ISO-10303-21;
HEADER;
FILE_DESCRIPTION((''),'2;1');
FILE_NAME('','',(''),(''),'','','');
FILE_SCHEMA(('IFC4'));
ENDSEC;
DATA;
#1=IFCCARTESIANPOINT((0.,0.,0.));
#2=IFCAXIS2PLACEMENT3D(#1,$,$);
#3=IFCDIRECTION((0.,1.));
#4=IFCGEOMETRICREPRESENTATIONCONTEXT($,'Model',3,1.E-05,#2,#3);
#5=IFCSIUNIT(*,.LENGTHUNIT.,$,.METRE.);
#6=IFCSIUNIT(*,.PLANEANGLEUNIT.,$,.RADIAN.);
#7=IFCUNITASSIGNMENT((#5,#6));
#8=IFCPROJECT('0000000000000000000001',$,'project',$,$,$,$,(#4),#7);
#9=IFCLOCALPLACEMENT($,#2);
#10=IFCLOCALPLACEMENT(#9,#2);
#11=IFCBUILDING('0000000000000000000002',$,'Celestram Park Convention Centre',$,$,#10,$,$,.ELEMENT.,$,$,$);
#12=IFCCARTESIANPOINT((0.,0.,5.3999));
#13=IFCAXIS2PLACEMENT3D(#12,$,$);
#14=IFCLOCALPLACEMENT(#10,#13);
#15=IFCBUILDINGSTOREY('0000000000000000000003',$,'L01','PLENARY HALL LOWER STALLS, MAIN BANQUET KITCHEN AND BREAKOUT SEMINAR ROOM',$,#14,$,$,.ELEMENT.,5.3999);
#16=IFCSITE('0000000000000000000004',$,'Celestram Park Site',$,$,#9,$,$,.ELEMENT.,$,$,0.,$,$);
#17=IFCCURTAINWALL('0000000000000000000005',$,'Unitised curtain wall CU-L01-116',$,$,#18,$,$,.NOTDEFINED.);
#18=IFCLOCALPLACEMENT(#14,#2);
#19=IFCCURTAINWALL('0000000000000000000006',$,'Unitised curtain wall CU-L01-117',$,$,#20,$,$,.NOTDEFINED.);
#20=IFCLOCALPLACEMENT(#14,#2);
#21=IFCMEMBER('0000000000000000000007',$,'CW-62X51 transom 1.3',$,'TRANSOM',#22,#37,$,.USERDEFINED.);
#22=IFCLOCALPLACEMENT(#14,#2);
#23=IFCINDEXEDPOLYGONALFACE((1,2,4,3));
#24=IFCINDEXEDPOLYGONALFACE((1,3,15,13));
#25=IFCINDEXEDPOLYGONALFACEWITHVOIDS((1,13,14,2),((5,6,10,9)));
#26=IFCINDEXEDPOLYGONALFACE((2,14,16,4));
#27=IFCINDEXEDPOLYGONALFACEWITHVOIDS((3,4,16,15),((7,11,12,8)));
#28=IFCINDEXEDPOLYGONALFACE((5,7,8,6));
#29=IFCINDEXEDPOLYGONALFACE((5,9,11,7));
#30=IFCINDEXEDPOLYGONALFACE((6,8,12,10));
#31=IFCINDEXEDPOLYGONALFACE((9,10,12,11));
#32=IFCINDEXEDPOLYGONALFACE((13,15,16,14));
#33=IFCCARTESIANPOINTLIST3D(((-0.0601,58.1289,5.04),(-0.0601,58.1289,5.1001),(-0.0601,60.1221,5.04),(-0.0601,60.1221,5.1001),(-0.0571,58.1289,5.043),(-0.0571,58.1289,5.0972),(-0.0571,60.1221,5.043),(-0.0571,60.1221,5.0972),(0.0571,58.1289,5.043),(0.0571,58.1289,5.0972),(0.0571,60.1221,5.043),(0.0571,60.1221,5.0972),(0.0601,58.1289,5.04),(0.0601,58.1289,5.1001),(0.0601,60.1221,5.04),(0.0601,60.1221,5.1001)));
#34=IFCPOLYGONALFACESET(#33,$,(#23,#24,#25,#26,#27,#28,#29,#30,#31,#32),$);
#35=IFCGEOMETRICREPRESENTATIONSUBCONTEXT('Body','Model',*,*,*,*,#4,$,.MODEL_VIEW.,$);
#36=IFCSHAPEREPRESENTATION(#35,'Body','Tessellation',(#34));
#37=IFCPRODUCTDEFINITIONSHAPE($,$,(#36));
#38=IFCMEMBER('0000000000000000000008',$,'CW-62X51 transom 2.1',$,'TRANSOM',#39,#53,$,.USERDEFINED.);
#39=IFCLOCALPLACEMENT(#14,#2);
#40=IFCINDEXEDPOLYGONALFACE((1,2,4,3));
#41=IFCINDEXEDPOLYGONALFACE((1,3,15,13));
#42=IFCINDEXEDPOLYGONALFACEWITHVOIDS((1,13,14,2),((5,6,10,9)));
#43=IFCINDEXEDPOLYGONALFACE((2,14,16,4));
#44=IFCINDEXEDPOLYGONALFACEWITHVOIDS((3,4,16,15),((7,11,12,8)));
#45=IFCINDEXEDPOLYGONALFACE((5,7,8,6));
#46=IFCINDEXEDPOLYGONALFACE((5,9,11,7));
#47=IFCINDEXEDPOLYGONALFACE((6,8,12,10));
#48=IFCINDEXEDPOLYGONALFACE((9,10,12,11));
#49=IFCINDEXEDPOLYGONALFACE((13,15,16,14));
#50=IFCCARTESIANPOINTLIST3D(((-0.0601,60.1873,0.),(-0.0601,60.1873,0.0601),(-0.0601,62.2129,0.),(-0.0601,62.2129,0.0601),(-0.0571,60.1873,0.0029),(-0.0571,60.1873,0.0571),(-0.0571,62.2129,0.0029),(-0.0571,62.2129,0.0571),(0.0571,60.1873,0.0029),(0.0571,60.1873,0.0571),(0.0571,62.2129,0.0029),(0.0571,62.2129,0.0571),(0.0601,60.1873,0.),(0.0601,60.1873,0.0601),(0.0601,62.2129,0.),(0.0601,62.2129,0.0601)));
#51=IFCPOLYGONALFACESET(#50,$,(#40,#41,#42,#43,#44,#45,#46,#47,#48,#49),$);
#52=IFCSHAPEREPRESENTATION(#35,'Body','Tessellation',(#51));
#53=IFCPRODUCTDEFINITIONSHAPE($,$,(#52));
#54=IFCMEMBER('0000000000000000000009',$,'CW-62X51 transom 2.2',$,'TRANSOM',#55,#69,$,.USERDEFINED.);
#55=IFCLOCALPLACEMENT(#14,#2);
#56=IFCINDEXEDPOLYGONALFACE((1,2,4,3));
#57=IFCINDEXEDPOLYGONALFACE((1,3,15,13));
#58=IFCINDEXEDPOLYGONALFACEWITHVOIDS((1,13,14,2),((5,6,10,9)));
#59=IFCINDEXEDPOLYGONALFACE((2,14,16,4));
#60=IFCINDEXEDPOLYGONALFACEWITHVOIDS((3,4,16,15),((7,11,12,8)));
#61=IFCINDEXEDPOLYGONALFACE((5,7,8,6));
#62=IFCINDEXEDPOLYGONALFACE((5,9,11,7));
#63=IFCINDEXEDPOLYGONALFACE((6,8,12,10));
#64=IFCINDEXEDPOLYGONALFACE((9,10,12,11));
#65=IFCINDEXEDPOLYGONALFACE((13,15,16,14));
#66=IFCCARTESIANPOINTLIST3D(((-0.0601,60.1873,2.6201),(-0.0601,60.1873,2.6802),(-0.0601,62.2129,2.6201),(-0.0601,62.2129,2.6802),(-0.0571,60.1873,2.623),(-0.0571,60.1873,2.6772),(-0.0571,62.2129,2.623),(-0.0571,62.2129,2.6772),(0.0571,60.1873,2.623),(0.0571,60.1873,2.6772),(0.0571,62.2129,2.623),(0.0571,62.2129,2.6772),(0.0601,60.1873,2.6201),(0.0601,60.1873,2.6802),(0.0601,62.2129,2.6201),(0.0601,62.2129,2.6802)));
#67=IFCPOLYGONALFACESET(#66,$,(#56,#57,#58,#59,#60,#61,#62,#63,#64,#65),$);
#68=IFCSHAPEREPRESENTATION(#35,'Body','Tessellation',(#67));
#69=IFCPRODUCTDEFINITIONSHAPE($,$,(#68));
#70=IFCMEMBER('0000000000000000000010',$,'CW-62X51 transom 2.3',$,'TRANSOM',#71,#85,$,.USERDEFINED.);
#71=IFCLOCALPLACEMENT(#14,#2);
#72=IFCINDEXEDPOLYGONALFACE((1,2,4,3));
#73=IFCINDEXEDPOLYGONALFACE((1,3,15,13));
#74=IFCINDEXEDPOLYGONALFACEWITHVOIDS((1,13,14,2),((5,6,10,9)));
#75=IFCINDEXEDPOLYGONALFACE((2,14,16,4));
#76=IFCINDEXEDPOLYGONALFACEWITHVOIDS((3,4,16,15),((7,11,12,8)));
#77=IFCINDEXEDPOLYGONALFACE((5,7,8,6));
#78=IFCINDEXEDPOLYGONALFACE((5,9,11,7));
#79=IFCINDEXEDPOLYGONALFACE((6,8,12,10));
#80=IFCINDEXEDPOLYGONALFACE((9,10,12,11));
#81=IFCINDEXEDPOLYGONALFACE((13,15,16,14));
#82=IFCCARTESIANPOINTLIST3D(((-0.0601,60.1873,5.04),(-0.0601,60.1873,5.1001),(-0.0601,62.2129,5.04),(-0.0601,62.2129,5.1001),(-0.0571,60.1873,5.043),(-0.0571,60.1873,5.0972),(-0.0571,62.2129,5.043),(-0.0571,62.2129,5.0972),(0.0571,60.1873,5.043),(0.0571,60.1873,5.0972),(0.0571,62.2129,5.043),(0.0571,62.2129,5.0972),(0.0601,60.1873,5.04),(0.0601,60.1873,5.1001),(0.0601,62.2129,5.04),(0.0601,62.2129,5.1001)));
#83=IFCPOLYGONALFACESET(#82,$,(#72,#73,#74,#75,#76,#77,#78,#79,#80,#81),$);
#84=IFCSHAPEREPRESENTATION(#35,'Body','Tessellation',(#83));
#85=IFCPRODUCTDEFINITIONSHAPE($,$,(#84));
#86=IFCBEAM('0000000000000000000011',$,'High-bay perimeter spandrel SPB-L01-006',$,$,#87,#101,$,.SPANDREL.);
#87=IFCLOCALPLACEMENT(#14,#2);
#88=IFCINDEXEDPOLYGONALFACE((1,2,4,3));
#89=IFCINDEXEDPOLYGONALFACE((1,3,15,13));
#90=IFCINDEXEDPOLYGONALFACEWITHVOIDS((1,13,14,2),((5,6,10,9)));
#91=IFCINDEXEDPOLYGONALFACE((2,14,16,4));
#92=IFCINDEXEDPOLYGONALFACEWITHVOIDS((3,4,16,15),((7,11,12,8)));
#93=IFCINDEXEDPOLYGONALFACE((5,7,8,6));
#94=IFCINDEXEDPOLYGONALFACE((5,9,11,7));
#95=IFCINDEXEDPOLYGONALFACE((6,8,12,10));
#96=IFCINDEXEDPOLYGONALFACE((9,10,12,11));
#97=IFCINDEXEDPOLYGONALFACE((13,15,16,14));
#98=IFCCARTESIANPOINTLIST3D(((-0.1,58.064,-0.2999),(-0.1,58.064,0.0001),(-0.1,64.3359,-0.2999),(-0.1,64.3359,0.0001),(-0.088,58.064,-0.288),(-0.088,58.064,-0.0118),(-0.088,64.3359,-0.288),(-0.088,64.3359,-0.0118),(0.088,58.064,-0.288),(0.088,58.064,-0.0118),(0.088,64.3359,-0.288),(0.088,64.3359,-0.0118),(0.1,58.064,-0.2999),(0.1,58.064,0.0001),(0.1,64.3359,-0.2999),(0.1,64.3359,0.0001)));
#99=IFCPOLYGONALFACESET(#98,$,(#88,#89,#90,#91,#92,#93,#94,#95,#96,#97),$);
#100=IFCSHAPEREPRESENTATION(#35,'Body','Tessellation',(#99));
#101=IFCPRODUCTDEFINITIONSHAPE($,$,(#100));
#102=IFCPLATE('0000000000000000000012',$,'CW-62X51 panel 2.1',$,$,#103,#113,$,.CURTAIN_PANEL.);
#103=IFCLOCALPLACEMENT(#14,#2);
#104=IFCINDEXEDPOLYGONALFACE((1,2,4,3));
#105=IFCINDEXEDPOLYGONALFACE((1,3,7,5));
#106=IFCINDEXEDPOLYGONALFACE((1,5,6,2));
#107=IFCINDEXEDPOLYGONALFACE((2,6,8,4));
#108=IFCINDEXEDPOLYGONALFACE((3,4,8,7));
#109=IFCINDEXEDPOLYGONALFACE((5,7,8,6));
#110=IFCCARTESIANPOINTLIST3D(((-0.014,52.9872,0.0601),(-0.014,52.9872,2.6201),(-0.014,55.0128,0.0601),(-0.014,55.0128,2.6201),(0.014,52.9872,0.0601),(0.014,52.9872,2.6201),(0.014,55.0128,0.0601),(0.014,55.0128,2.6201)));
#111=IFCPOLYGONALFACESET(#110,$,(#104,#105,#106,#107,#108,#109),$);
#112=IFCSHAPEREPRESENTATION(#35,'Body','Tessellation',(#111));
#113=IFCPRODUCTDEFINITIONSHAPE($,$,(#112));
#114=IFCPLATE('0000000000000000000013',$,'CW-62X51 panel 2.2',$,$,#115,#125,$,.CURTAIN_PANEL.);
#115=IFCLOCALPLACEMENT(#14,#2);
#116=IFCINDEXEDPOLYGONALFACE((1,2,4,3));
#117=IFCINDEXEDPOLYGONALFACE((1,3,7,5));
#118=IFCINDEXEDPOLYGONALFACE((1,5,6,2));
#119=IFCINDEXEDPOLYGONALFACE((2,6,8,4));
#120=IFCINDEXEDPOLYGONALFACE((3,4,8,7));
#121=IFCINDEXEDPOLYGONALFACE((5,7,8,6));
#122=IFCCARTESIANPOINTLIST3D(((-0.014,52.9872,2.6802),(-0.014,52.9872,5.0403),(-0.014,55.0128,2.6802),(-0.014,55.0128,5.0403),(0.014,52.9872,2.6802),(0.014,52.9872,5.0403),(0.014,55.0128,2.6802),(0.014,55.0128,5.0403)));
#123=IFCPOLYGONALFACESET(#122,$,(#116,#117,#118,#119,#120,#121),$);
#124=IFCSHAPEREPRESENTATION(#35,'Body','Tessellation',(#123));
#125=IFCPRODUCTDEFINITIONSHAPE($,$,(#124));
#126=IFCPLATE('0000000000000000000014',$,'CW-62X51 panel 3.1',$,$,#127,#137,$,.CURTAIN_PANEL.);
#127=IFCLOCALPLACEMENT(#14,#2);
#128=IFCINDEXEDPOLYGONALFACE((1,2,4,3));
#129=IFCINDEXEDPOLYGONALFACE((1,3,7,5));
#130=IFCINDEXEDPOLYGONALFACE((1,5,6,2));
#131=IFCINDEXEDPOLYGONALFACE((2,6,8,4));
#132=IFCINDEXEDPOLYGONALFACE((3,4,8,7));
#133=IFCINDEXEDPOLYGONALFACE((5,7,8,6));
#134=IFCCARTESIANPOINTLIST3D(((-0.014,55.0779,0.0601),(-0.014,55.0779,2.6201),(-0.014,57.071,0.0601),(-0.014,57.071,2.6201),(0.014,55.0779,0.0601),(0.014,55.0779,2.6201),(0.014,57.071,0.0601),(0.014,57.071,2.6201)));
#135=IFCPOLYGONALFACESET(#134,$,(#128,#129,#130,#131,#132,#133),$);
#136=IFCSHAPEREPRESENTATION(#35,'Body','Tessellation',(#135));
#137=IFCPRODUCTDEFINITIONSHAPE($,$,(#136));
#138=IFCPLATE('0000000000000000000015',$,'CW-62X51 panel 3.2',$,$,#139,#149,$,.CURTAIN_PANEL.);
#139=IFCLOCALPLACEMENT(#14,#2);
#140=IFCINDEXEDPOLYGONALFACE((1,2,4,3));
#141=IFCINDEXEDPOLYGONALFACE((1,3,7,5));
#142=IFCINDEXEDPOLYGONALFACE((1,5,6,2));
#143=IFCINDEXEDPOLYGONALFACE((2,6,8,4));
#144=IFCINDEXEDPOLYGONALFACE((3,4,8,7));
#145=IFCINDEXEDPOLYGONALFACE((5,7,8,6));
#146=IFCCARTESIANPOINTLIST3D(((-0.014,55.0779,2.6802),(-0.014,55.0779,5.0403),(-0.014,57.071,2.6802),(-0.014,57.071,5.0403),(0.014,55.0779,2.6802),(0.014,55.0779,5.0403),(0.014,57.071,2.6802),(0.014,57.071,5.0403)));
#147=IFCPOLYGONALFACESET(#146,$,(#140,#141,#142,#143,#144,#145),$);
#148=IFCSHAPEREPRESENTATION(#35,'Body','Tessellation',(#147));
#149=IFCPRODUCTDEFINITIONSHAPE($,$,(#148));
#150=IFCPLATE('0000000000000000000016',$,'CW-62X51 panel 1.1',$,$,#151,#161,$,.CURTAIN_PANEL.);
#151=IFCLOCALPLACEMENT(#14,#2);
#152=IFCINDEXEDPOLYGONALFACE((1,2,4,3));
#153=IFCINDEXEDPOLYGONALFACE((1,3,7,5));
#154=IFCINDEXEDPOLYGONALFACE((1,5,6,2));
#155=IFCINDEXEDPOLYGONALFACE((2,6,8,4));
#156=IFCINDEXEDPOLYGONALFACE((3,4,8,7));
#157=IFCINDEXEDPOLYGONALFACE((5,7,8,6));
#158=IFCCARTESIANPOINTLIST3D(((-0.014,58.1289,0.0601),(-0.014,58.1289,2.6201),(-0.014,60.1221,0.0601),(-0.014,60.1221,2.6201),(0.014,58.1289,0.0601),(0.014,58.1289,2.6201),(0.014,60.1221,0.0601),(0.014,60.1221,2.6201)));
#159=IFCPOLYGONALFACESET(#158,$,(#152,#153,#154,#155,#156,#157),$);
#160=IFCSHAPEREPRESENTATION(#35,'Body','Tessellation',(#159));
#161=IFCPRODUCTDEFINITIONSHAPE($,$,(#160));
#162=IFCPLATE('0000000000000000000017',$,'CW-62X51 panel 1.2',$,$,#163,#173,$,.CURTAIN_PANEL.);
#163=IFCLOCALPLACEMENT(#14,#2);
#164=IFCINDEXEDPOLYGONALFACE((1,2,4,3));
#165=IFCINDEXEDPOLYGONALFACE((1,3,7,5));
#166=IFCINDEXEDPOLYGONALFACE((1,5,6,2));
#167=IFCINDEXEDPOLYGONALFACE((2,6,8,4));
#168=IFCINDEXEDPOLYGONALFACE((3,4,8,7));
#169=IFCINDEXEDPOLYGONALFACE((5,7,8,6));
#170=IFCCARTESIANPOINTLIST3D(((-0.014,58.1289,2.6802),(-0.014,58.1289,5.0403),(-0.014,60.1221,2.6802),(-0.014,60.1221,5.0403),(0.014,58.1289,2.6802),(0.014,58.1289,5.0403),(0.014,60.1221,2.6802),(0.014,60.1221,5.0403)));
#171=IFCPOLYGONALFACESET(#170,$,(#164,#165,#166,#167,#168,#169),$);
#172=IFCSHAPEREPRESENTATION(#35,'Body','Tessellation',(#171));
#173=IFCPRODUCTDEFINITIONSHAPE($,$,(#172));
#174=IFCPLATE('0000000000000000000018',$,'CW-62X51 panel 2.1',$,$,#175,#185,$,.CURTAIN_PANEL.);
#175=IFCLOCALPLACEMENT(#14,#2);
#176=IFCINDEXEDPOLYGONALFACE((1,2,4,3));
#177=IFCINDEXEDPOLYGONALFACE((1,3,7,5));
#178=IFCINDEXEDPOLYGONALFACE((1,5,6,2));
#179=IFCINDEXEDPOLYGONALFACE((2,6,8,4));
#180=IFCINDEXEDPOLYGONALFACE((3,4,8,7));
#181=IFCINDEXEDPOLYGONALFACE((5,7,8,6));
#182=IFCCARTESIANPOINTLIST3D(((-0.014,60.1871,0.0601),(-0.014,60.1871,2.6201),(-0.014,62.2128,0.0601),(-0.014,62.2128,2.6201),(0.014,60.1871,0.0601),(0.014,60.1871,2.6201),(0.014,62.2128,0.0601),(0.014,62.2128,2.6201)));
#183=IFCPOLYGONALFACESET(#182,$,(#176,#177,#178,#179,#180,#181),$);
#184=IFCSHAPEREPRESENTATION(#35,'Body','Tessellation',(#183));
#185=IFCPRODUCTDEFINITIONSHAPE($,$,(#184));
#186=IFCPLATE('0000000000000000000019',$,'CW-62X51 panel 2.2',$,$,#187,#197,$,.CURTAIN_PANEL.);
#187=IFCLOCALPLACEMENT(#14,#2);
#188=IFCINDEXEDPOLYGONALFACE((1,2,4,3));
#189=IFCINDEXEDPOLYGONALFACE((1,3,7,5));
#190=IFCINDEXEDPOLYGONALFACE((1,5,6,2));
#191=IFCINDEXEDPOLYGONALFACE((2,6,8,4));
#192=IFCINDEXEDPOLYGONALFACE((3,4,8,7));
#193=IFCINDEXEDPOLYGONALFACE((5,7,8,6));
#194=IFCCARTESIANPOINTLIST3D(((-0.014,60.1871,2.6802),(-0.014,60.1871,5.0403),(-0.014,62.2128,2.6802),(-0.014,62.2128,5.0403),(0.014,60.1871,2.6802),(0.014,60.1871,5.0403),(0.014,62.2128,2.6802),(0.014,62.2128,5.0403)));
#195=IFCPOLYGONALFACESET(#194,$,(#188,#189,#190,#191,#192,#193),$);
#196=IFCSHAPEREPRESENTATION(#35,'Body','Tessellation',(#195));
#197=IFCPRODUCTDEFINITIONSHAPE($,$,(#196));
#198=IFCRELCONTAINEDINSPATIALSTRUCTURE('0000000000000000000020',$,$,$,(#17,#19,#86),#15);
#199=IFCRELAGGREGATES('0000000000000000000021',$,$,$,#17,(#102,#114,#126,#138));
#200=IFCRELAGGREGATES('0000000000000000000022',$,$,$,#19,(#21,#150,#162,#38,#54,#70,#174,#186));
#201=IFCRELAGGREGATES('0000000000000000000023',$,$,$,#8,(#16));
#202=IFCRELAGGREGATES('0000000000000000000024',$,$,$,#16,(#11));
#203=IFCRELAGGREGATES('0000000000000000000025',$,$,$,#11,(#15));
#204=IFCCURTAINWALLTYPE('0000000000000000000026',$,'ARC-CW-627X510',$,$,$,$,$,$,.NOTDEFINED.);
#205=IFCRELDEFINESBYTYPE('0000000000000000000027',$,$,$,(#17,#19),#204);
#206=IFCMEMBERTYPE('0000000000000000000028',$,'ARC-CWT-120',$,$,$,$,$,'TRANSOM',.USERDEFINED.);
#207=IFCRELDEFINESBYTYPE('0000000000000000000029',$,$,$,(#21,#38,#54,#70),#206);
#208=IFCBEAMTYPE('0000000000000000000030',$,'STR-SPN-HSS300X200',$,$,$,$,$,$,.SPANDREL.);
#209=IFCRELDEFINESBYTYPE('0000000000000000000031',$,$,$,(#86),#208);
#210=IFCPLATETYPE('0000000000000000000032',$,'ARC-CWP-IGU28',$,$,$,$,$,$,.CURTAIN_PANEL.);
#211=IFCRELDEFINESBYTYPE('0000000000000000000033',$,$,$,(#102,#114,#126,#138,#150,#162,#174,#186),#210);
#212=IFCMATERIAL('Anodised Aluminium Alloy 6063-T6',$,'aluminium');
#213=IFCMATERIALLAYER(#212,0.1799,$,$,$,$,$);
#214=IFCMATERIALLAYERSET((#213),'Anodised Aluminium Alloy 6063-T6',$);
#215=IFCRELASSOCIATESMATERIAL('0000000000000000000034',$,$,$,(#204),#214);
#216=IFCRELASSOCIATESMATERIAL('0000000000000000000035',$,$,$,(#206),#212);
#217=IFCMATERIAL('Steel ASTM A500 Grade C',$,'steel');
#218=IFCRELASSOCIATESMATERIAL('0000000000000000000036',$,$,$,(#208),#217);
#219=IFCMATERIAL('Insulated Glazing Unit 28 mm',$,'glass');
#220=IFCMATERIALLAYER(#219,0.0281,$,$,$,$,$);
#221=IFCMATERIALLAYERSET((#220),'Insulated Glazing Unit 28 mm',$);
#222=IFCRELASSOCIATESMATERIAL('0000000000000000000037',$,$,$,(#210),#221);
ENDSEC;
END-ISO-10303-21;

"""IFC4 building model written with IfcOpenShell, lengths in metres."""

from ifc_helpers import new_model, si_unit, direction, frame, origin, origin_2d, place, context, subcontext, project, spatial, rectangle, hollow_rectangle, extrude, material, layer, layer_set, material_profile, profile_set, type_object, element, aggregate, save


model = new_model("IFC4")

# Units and contexts
model_context = context("Model", 3, precision=1e-05, world=origin(), true_north=direction((0.0, 1.0)))
body_context = subcontext(model_context, "Body", "Model", "MODEL_VIEW")
ifc_project = project(units=[si_unit("LENGTHUNIT", "METRE"), si_unit("PLANEANGLEUNIT", "RADIAN")], contexts=[model_context])

# Site, building, storey
site_placement = place(None, origin())
site = spatial("IfcSite", under=ifc_project, at=site_placement, Name="Celestram Park Site", CompositionType="ELEMENT", RefElevation=0.0)
building_placement = place(site_placement, origin())
building = spatial("IfcBuilding", under=site, at=building_placement, Name="Celestram Park Convention Centre", CompositionType="ELEMENT")
storey_placement = place(building_placement, frame((0.0, 0.0, 5.3999)))
storey = spatial("IfcBuildingStorey", under=building, at=storey_placement, Name="L01", Description="PLENARY HALL LOWER STALLS, MAIN BANQUET KITCHEN AND BREAKOUT SEMINAR ROOM", CompositionType="ELEMENT", Elevation=5.3999)

# Curtain walls
ifc_material_1 = material(Name="Anodised Aluminium Alloy 6063-T6", Category="aluminium")
ifc_layer_1 = layer(ifc_material_1, 0.1799)
ifc_layer_set_1 = layer_set([ifc_layer_1], Name="Anodised Aluminium Alloy 6063-T6")
curtain_wall_type = type_object("IfcCurtainWallType", Name="ARC-CW-627X510", PredefinedType="NOTDEFINED", material=ifc_layer_set_1)
curtain_wall_1_placement = place(storey_placement, origin())
curtain_wall_1 = element("IfcCurtainWall", 1, at=curtain_wall_1_placement, inside=storey, type_object=curtain_wall_type, Name="Unitised curtain wall CU-L01-116", PredefinedType="NOTDEFINED")
curtain_wall_2_placement = place(storey_placement, origin())
curtain_wall_2 = element("IfcCurtainWall", 2, at=curtain_wall_2_placement, inside=storey, type_object=curtain_wall_type, Name="Unitised curtain wall CU-L01-117", PredefinedType="NOTDEFINED")

# Members
ifc_material_profile_1 = material_profile(ifc_material_1, hollow_rectangle(XDim=0.1201, YDim=0.0601, WallThickness=0.0029, at=origin_2d()), Name="ALU120X60X3")
ifc_profile_set_1 = profile_set([ifc_material_profile_1], Name="Anodised Aluminium Alloy 6063-T6")
member_type_1 = type_object("IfcMemberType", Name="ARC-CWT-120", ElementType="TRANSOM", PredefinedType="USERDEFINED", material=ifc_profile_set_1)
member_1_placement = place(storey_placement, frame((0.0, 58.1289, 5.0701), z_axis=(0.0, 1.0, 0.0), x_axis=(-1.0, 0.0, 0.0)))
member_1 = element("IfcMember", 3, at=member_1_placement, type_object=member_type_1, Name="CW-62X51 transom 1.3", ObjectType="TRANSOM", PredefinedType="USERDEFINED", context=body_context, shape_type="SweptSolid", body=[
    extrude(hollow_rectangle(XDim=0.1201, YDim=0.0601, WallThickness=0.0029, at=origin_2d()), origin(), (0.0, 0.0, 1.0), 1.9932),
])
member_2_placement = place(storey_placement, frame((0.0, 60.1873, 0.03), z_axis=(0.0, 1.0, 0.0), x_axis=(-1.0, 0.0, 0.0)))
member_2 = element("IfcMember", 4, at=member_2_placement, type_object=member_type_1, Name="CW-62X51 transom 2.1", ObjectType="TRANSOM", PredefinedType="USERDEFINED", context=body_context, shape_type="SweptSolid", body=[
    extrude(hollow_rectangle(XDim=0.1201, YDim=0.0601, WallThickness=0.0029, at=origin_2d()), origin(), (0.0, 0.0, 1.0), 2.0256),
])
member_3_placement = place(storey_placement, frame((0.0, 60.1873, 2.6501), z_axis=(0.0, 1.0, 0.0), x_axis=(-1.0, 0.0, 0.0)))
member_3 = element("IfcMember", 5, at=member_3_placement, type_object=member_type_1, Name="CW-62X51 transom 2.2", ObjectType="TRANSOM", PredefinedType="USERDEFINED", context=body_context, shape_type="SweptSolid", body=[
    extrude(hollow_rectangle(XDim=0.1201, YDim=0.0601, WallThickness=0.0029, at=origin_2d()), origin(), (0.0, 0.0, 1.0), 2.0256),
])
member_4_placement = place(storey_placement, frame((0.0, 60.1873, 5.0701), z_axis=(0.0, 1.0, 0.0), x_axis=(-1.0, 0.0, 0.0)))
member_4 = element("IfcMember", 6, at=member_4_placement, type_object=member_type_1, Name="CW-62X51 transom 2.3", ObjectType="TRANSOM", PredefinedType="USERDEFINED", context=body_context, shape_type="SweptSolid", body=[
    extrude(hollow_rectangle(XDim=0.1201, YDim=0.0601, WallThickness=0.0029, at=origin_2d()), origin(), (0.0, 0.0, 1.0), 2.0256),
])

# Beam
ifc_material_2 = material(Name="Steel ASTM A500 Grade C", Category="steel")
ifc_material_profile_2 = material_profile(ifc_material_2, hollow_rectangle(XDim=0.2, YDim=0.3, WallThickness=0.012, at=origin_2d()), Name="HSS300X200X12")
ifc_profile_set_2 = profile_set([ifc_material_profile_2], Name="Steel ASTM A500 Grade C")
beam_type = type_object("IfcBeamType", Name="STR-SPN-HSS300X200", PredefinedType="SPANDREL", material=ifc_profile_set_2)
beam_placement = place(storey_placement, frame((0.0, 58.064, -0.1499), z_axis=(0.0, 1.0, 0.0), x_axis=(-1.0, 0.0, 0.0)))
element("IfcBeam", 7, at=beam_placement, inside=storey, type_object=beam_type, Name="High-bay perimeter spandrel SPB-L01-006", PredefinedType="SPANDREL", context=body_context, shape_type="SweptSolid", body=[
    extrude(hollow_rectangle(XDim=0.2, YDim=0.3, WallThickness=0.012, at=origin_2d()), origin(), (0.0, 0.0, 1.0), 6.272),
])

# Plates
ifc_material_3 = material(Name="Insulated Glazing Unit 28 mm", Category="glass")
ifc_layer_2 = layer(ifc_material_3, 0.0281)
ifc_layer_set_2 = layer_set([ifc_layer_2], Name="Insulated Glazing Unit 28 mm")
plate_type = type_object("IfcPlateType", Name="ARC-CWP-IGU28", PredefinedType="CURTAIN_PANEL", material=ifc_layer_set_2)
plate_1_placement = place(storey_placement, frame((0.0, 54.0, 0.0601), z_axis=(0.0, 0.0, 1.0), x_axis=(0.0, 1.0, 0.0)))
plate_1 = element("IfcPlate", 8, at=plate_1_placement, type_object=plate_type, Name="CW-62X51 panel 2.1", PredefinedType="CURTAIN_PANEL", context=body_context, shape_type="SweptSolid", body=[
    extrude(rectangle(XDim=2.0256, YDim=0.0281, at=origin_2d()), origin(), (0.0, 0.0, 1.0), 2.5601),
])
plate_2_placement = place(storey_placement, frame((0.0, 54.0, 2.6802), z_axis=(0.0, 0.0, 1.0), x_axis=(0.0, 1.0, 0.0)))
plate_2 = element("IfcPlate", 9, at=plate_2_placement, type_object=plate_type, Name="CW-62X51 panel 2.2", PredefinedType="CURTAIN_PANEL", context=body_context, shape_type="SweptSolid", body=[
    extrude(rectangle(XDim=2.0256, YDim=0.0281, at=origin_2d()), origin(), (0.0, 0.0, 1.0), 2.3601),
])
plate_3_placement = place(storey_placement, frame((0.0, 56.0745, 0.0601), z_axis=(0.0, 0.0, 1.0), x_axis=(0.0, 1.0, 0.0)))
plate_3 = element("IfcPlate", 10, at=plate_3_placement, type_object=plate_type, Name="CW-62X51 panel 3.1", PredefinedType="CURTAIN_PANEL", context=body_context, shape_type="SweptSolid", body=[
    extrude(rectangle(XDim=1.9932, YDim=0.0281, at=origin_2d()), origin(), (0.0, 0.0, 1.0), 2.5601),
])
plate_4_placement = place(storey_placement, frame((0.0, 56.0745, 2.6802), z_axis=(0.0, 0.0, 1.0), x_axis=(0.0, 1.0, 0.0)))
plate_4 = element("IfcPlate", 11, at=plate_4_placement, type_object=plate_type, Name="CW-62X51 panel 3.2", PredefinedType="CURTAIN_PANEL", context=body_context, shape_type="SweptSolid", body=[
    extrude(rectangle(XDim=1.9932, YDim=0.0281, at=origin_2d()), origin(), (0.0, 0.0, 1.0), 2.3601),
])
aggregate(curtain_wall_1, [plate_1, plate_2, plate_3, plate_4])
plate_5_placement = place(storey_placement, frame((0.0, 59.1255, 0.0601), z_axis=(0.0, 0.0, 1.0), x_axis=(0.0, 1.0, 0.0)))
plate_5 = element("IfcPlate", 12, at=plate_5_placement, type_object=plate_type, Name="CW-62X51 panel 1.1", PredefinedType="CURTAIN_PANEL", context=body_context, shape_type="SweptSolid", body=[
    extrude(rectangle(XDim=1.9932, YDim=0.0281, at=origin_2d()), origin(), (0.0, 0.0, 1.0), 2.5601),
])
plate_6_placement = place(storey_placement, frame((0.0, 59.1255, 2.6802), z_axis=(0.0, 0.0, 1.0), x_axis=(0.0, 1.0, 0.0)))
plate_6 = element("IfcPlate", 13, at=plate_6_placement, type_object=plate_type, Name="CW-62X51 panel 1.2", PredefinedType="CURTAIN_PANEL", context=body_context, shape_type="SweptSolid", body=[
    extrude(rectangle(XDim=1.9932, YDim=0.0281, at=origin_2d()), origin(), (0.0, 0.0, 1.0), 2.3601),
])
plate_7_placement = place(storey_placement, frame((0.0, 61.2, 0.0601), z_axis=(0.0, 0.0, 1.0), x_axis=(0.0, 1.0, 0.0)))
plate_7 = element("IfcPlate", 14, at=plate_7_placement, type_object=plate_type, Name="CW-62X51 panel 2.1", PredefinedType="CURTAIN_PANEL", context=body_context, shape_type="SweptSolid", body=[
    extrude(rectangle(XDim=2.0256, YDim=0.0281, at=origin_2d()), origin(), (0.0, 0.0, 1.0), 2.5601),
])
plate_8_placement = place(storey_placement, frame((0.0, 61.2, 2.6802), z_axis=(0.0, 0.0, 1.0), x_axis=(0.0, 1.0, 0.0)))
plate_8 = element("IfcPlate", 15, at=plate_8_placement, type_object=plate_type, Name="CW-62X51 panel 2.2", PredefinedType="CURTAIN_PANEL", context=body_context, shape_type="SweptSolid", body=[
    extrude(rectangle(XDim=2.0256, YDim=0.0281, at=origin_2d()), origin(), (0.0, 0.0, 1.0), 2.3601),
])
aggregate(curtain_wall_2, [member_1, plate_5, plate_6, member_2, member_3, member_4, plate_7, plate_8])

save(model, "model.ifc")
